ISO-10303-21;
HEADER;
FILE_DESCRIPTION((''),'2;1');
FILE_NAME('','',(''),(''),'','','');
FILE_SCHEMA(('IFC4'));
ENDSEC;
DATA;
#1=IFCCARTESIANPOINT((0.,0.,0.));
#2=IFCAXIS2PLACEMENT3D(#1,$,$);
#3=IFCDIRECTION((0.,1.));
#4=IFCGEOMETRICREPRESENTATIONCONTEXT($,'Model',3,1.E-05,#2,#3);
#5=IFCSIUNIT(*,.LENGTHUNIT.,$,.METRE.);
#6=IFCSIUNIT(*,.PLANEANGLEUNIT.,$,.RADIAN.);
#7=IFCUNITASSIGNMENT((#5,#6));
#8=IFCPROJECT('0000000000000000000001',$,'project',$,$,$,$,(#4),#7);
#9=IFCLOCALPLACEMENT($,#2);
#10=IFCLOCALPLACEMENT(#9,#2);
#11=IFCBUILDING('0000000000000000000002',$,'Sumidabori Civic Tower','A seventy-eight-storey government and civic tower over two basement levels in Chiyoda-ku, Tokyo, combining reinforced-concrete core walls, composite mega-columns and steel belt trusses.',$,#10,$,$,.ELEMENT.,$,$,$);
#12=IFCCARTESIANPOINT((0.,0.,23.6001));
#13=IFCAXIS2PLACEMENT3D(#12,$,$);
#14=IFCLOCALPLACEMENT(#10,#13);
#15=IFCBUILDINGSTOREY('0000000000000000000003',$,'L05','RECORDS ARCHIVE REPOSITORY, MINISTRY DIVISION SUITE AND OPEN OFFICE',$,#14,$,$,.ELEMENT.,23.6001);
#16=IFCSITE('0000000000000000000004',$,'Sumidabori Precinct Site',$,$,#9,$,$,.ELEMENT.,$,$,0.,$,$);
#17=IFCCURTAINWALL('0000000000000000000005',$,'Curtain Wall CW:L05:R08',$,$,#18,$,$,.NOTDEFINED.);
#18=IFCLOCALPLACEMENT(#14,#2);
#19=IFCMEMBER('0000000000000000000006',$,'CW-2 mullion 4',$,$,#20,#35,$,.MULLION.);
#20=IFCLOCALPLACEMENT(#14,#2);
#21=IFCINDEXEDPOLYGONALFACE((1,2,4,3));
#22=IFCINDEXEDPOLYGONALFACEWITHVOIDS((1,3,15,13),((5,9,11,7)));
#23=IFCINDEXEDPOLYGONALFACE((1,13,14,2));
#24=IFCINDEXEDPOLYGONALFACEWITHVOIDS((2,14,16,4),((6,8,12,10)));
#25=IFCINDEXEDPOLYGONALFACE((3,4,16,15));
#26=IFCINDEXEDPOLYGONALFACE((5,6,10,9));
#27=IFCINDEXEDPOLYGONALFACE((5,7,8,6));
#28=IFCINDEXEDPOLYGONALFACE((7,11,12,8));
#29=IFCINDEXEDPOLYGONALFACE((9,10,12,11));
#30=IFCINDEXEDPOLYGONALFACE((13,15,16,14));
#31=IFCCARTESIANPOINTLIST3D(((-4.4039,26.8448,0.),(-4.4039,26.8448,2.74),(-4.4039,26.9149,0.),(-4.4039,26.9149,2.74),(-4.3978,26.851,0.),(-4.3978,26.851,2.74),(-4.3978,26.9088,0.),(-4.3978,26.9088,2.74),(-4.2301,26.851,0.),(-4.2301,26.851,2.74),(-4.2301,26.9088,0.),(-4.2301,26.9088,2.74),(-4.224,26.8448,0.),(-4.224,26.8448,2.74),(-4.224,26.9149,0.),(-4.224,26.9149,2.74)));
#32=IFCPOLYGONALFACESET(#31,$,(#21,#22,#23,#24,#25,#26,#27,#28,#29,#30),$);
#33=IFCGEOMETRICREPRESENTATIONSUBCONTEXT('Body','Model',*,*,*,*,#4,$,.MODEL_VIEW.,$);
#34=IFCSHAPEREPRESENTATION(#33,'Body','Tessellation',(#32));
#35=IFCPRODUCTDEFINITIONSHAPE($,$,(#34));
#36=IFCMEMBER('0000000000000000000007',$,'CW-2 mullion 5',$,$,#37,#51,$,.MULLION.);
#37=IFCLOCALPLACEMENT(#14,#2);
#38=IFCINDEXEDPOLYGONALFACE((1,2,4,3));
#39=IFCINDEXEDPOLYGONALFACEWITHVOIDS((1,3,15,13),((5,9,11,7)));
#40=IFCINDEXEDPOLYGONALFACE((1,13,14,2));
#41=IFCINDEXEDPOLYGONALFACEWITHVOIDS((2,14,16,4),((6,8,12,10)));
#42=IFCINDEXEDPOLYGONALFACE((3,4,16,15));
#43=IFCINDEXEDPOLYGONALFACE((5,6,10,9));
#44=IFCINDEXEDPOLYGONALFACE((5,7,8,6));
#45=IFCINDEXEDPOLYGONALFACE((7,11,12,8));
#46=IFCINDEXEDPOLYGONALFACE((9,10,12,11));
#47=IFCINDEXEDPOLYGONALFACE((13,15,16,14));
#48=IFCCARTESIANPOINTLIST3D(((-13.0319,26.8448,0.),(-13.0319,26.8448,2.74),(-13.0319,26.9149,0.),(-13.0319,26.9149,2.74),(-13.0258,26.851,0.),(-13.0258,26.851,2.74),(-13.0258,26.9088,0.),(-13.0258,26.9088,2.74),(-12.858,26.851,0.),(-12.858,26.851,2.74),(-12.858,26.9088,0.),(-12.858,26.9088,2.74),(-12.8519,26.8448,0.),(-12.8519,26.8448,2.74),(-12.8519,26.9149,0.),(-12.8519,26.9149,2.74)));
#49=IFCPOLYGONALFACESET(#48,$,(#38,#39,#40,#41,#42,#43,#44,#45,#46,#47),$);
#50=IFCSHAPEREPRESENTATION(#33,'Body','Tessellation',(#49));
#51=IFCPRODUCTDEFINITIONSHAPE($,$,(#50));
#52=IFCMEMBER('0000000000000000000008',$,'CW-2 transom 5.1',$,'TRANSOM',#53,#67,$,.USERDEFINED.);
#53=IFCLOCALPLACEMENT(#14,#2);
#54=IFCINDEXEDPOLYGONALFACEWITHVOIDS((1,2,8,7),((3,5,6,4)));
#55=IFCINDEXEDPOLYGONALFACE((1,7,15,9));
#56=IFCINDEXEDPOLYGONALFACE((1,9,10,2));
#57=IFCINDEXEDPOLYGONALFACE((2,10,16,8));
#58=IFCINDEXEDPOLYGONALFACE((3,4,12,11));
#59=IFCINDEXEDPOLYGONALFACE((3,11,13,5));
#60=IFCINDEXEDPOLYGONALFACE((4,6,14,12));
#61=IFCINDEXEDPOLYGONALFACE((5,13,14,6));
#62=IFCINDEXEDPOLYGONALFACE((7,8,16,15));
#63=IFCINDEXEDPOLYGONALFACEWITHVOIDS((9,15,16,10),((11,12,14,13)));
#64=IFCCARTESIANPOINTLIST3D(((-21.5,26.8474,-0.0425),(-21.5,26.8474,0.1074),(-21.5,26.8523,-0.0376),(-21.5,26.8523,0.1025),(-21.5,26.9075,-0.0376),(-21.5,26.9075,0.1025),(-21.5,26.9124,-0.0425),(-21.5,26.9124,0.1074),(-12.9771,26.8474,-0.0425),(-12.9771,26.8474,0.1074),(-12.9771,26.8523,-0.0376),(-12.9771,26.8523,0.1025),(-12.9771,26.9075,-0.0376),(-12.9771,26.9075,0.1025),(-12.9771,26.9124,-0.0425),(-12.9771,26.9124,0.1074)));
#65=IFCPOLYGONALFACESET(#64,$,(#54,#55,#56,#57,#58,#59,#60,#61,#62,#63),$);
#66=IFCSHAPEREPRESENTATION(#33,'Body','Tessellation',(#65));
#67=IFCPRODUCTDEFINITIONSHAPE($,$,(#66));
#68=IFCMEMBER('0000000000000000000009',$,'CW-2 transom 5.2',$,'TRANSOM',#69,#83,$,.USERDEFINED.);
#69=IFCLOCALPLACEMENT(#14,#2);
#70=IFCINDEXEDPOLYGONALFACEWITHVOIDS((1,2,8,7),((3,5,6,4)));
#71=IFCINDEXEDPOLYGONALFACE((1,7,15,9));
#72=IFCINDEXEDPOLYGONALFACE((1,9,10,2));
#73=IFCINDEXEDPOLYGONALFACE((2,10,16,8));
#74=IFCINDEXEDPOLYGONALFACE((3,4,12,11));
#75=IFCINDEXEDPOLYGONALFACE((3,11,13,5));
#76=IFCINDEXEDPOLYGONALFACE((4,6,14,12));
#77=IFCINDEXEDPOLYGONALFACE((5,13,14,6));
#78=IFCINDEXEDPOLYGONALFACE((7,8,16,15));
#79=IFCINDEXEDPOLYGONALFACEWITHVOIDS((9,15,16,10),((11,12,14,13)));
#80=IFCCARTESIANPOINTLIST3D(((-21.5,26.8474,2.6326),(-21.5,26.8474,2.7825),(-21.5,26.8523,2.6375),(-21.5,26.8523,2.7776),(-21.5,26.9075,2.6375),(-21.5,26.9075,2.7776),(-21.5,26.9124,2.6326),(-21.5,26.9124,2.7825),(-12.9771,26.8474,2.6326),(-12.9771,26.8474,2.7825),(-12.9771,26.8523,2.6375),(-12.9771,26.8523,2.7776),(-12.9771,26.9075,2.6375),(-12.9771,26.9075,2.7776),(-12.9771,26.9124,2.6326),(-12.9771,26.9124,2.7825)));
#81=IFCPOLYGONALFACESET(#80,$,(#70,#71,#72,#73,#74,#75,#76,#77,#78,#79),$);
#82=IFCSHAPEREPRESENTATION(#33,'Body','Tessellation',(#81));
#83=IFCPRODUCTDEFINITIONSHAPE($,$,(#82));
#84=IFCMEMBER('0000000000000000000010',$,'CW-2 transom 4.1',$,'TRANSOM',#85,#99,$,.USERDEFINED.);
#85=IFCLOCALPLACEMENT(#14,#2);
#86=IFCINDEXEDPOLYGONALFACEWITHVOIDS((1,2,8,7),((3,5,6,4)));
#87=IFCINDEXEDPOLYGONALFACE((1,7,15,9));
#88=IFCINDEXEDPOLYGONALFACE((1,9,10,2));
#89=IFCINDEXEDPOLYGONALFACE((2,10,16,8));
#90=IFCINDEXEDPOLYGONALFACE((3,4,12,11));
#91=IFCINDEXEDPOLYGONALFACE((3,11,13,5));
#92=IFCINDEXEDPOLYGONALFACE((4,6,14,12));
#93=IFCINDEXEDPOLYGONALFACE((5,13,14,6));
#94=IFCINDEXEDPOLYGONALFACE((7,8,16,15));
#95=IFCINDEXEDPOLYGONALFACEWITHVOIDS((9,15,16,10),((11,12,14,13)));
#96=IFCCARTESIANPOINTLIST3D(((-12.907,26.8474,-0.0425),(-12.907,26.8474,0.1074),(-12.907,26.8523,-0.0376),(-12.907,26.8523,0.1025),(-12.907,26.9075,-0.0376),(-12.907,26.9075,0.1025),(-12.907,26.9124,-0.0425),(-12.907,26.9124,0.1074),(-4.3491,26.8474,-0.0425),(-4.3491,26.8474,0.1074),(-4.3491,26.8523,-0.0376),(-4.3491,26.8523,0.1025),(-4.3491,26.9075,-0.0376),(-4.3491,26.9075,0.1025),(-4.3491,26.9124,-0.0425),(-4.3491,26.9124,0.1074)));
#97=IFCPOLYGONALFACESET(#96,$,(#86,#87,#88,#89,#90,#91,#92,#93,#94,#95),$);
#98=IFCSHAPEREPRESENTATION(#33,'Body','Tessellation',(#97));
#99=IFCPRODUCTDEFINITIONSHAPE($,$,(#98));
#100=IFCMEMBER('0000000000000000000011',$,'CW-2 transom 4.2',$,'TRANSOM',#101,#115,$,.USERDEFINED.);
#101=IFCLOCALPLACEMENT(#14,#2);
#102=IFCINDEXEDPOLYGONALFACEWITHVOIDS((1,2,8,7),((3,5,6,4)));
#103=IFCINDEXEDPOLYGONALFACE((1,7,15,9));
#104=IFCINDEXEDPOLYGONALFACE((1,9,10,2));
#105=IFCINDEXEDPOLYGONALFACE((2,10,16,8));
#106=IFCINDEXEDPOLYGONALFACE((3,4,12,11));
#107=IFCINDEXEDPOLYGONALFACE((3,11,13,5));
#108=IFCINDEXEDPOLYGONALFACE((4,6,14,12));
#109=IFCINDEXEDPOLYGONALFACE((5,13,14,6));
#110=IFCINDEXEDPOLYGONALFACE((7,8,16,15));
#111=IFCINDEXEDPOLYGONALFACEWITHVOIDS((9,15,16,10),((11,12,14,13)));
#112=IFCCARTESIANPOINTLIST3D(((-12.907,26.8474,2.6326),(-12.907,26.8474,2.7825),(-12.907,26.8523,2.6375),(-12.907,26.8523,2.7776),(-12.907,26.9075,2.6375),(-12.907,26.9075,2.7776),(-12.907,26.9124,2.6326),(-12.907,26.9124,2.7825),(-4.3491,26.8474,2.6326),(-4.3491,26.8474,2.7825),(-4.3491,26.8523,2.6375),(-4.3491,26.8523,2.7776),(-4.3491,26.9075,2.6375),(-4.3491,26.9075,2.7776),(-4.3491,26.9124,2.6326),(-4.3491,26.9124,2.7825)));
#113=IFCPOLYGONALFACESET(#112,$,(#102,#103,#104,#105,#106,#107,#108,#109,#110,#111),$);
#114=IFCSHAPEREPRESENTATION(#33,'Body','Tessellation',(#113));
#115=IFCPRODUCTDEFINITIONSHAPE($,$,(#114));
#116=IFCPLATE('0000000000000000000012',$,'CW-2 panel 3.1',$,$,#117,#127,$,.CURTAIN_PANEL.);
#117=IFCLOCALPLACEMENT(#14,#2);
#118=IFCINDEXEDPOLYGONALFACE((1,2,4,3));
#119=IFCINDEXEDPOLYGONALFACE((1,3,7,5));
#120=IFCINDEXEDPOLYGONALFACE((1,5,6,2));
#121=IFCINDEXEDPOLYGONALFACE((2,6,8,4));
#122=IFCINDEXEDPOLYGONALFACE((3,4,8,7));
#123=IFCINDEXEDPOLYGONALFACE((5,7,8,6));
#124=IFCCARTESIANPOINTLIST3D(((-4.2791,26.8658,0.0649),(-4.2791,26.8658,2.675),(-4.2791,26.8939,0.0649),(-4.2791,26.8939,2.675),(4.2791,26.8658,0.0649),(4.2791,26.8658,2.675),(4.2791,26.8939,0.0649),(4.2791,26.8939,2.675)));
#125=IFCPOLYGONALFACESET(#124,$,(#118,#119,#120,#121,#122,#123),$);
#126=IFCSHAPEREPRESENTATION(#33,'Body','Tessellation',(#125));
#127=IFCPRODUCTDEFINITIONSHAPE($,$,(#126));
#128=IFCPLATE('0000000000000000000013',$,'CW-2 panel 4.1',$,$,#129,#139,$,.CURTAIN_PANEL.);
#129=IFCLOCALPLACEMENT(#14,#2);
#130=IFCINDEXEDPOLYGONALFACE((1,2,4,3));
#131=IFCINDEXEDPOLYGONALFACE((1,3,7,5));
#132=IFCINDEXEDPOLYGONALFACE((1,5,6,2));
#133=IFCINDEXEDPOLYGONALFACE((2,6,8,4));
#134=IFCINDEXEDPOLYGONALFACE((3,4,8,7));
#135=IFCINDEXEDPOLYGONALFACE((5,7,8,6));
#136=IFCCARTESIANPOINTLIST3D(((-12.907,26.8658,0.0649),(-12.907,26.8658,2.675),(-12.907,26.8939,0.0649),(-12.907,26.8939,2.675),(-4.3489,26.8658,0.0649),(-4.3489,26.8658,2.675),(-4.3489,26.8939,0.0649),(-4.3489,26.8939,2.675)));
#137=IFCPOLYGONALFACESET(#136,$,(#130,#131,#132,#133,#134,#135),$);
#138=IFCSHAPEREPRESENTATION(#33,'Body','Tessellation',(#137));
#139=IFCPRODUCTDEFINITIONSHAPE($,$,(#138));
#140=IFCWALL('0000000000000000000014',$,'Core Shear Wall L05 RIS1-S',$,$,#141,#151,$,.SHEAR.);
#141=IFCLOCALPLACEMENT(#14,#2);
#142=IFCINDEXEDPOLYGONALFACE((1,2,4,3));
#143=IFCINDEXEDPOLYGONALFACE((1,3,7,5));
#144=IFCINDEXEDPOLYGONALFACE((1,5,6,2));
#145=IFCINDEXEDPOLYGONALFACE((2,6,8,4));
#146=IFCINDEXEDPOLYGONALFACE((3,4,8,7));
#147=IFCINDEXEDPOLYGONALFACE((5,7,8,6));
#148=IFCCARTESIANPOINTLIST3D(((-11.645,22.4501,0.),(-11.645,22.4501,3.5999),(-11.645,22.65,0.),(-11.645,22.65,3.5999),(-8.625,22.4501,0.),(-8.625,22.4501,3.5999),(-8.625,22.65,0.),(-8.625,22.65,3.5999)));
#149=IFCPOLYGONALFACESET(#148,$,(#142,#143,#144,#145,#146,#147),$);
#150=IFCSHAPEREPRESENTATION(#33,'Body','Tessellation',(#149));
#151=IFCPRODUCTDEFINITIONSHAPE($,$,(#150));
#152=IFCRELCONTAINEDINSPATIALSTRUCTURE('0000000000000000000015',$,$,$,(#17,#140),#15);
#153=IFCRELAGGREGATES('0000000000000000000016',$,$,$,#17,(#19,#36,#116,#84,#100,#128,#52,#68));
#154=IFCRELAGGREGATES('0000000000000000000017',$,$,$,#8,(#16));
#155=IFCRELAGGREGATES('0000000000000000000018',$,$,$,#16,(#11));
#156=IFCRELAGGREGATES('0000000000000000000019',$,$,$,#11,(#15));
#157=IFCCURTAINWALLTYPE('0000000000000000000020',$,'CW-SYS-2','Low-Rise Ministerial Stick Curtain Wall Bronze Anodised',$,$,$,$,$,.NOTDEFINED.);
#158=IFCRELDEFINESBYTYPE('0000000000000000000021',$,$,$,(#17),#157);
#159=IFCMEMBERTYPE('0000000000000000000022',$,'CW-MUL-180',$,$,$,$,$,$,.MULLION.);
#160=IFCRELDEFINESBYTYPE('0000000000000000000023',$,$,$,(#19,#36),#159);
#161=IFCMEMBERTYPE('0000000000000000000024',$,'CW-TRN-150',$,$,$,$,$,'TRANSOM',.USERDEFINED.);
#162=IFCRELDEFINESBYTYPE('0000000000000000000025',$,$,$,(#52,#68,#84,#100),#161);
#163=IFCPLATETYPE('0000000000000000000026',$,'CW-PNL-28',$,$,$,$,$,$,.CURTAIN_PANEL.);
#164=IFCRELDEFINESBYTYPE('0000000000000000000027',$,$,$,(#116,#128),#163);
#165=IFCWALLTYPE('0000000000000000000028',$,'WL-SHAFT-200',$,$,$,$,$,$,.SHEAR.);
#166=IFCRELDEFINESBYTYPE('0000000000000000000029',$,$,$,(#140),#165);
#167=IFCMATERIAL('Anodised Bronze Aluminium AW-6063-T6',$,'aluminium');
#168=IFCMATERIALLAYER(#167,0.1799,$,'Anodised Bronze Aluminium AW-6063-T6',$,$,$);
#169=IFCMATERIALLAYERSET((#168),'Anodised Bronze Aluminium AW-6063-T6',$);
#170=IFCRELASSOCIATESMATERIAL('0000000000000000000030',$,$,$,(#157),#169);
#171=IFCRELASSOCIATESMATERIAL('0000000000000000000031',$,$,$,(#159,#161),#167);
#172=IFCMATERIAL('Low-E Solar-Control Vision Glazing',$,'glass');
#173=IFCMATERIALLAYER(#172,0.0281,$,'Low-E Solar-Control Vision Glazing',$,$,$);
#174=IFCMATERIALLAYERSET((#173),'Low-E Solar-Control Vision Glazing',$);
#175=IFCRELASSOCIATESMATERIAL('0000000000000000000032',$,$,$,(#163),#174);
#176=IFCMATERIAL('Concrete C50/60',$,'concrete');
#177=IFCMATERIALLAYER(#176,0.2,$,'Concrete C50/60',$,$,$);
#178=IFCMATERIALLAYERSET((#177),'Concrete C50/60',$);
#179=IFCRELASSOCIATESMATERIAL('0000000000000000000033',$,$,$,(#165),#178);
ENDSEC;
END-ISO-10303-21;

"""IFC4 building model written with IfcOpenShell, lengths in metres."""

from ifc_helpers import new_model, si_unit, direction, frame, frame_2d, origin, origin_2d, place, context, subcontext, project, spatial, rectangle, hollow_rectangle, extrude, source, transform, mapped, material, layer, layer_set, material_profile, profile_set, type_object, element, aggregate, save


model = new_model("IFC4")

# Units and contexts
model_context = context("Model", 3, precision=1e-05, world=origin(), true_north=direction((0.0, 1.0)))
body_context = subcontext(model_context, "Body", "Model", "MODEL_VIEW")
ifc_project = project(units=[si_unit("LENGTHUNIT", "METRE"), si_unit("PLANEANGLEUNIT", "RADIAN")], contexts=[model_context])

# Site, building, storey
site_placement = place(None, origin())
site = spatial("IfcSite", under=ifc_project, at=site_placement, Name="Sumidabori Precinct Site", CompositionType="ELEMENT", RefElevation=0.0)
building_placement = place(site_placement, origin())
building = spatial("IfcBuilding", under=site, at=building_placement, Name="Sumidabori Civic Tower", Description="A seventy-eight-storey government and civic tower over two basement levels in Chiyoda-ku, Tokyo, combining reinforced-concrete core walls, composite mega-columns and steel belt trusses.", CompositionType="ELEMENT")
storey_placement = place(building_placement, frame((0.0, 0.0, 23.6001)))
storey = spatial("IfcBuildingStorey", under=building, at=storey_placement, Name="L05", Description="RECORDS ARCHIVE REPOSITORY, MINISTRY DIVISION SUITE AND OPEN OFFICE", CompositionType="ELEMENT", Elevation=23.6001)

# Curtain wall, members, plates
ifc_material_1 = material(Name="Anodised Bronze Aluminium AW-6063-T6", Category="aluminium")
ifc_layer_1 = layer(ifc_material_1, 0.1799, Name="Anodised Bronze Aluminium AW-6063-T6")
ifc_layer_set_1 = layer_set([ifc_layer_1], Name="Anodised Bronze Aluminium AW-6063-T6")
curtain_wall_type = type_object("IfcCurtainWallType", Name="CW-SYS-2", Description="Low-Rise Ministerial Stick Curtain Wall Bronze Anodised", PredefinedType="NOTDEFINED", material=ifc_layer_set_1)
curtain_wall_placement = place(storey_placement, origin())
curtain_wall = element("IfcCurtainWall", 1, at=curtain_wall_placement, inside=storey, type_object=curtain_wall_type, Name="Curtain Wall CW:L05:R08", PredefinedType="NOTDEFINED")
ifc_material_profile_1 = material_profile(ifc_material_1, hollow_rectangle(XDim=0.0701, YDim=0.1799, WallThickness=0.0061, at=origin_2d()), Name="ALU MULLION 180x70")
ifc_profile_set_1 = profile_set([ifc_material_profile_1], Name="Anodised Bronze Aluminium AW-6063-T6")
member_type_1 = type_object("IfcMemberType", Name="CW-MUL-180", PredefinedType="MULLION", material=ifc_profile_set_1)
shared_shape_1 = source(origin(), body_context, "Body", "SweptSolid", [
    extrude(hollow_rectangle(XDim=0.0701, YDim=0.1799, WallThickness=0.0061, at=origin_2d()), origin(), (0.0, 0.0, 1.0), 2.74),
])
member_1_placement = place(storey_placement, frame((-4.314, 26.8799, 0.0), z_axis=(0.0, 0.0, 1.0), x_axis=(0.0, -1.0, 0.0)))
member_1 = element("IfcMember", 2, at=member_1_placement, type_object=member_type_1, Name="CW-2 mullion 4", PredefinedType="MULLION", context=body_context, shape_type="MappedRepresentation", body=[
    mapped(shared_shape_1, transform((0.0, 0.0, 0.0), x_axis=(1.0, 0.0, 0.0), y_axis=(0.0, 1.0, 0.0), z_axis=(0.0, 0.0, 1.0), scale=1.0)),
])
member_2_placement = place(storey_placement, frame((-12.9419, 26.8799, 0.0), z_axis=(0.0, 0.0, 1.0), x_axis=(0.0, -1.0, 0.0)))
member_2 = element("IfcMember", 3, at=member_2_placement, type_object=member_type_1, Name="CW-2 mullion 5", PredefinedType="MULLION", context=body_context, shape_type="MappedRepresentation", body=[
    mapped(shared_shape_1, transform((0.0, 0.0, 0.0), x_axis=(1.0, 0.0, 0.0), y_axis=(0.0, 1.0, 0.0), z_axis=(0.0, 0.0, 1.0), scale=1.0)),
])
ifc_material_profile_2 = material_profile(ifc_material_1, hollow_rectangle(XDim=0.0649, YDim=0.1499, WallThickness=0.0049, at=origin_2d()), Name="ALU TRANSOM 150x65")
ifc_profile_set_2 = profile_set([ifc_material_profile_2], Name="Anodised Bronze Aluminium AW-6063-T6")
member_type_2 = type_object("IfcMemberType", Name="CW-TRN-150", ElementType="TRANSOM", PredefinedType="USERDEFINED", material=ifc_profile_set_2)
shared_shape_2 = source(origin(), body_context, "Body", "SweptSolid", [
    extrude(hollow_rectangle(XDim=0.0649, YDim=0.1499, WallThickness=0.0049, at=origin_2d()), origin(), (0.0, 0.0, 1.0), 8.5229),
])
member_3_placement = place(storey_placement, frame((-12.9771, 26.8799, 0.0325), z_axis=(-1.0, 0.0, 0.0), x_axis=(0.0, -1.0, 0.0)))
member_3 = element("IfcMember", 4, at=member_3_placement, type_object=member_type_2, Name="CW-2 transom 5.1", ObjectType="TRANSOM", PredefinedType="USERDEFINED", context=body_context, shape_type="MappedRepresentation", body=[
    mapped(shared_shape_2, transform((0.0, 0.0, 0.0), x_axis=(1.0, 0.0, 0.0), y_axis=(0.0, 1.0, 0.0), z_axis=(0.0, 0.0, 1.0), scale=1.0)),
])
member_4_placement = place(storey_placement, frame((-12.9771, 26.8799, 2.7075), z_axis=(-1.0, 0.0, 0.0), x_axis=(0.0, -1.0, 0.0)))
member_4 = element("IfcMember", 5, at=member_4_placement, type_object=member_type_2, Name="CW-2 transom 5.2", ObjectType="TRANSOM", PredefinedType="USERDEFINED", context=body_context, shape_type="MappedRepresentation", body=[
    mapped(shared_shape_2, transform((0.0, 0.0, 0.0), x_axis=(1.0, 0.0, 0.0), y_axis=(0.0, 1.0, 0.0), z_axis=(0.0, 0.0, 1.0), scale=1.0)),
])
shared_shape_3 = source(origin(), body_context, "Body", "SweptSolid", [
    extrude(hollow_rectangle(XDim=0.0649, YDim=0.1499, WallThickness=0.0049, at=origin_2d()), origin(), (0.0, 0.0, 1.0), 8.5579),
])
member_5_placement = place(storey_placement, frame((-4.3491, 26.8799, 0.0325), z_axis=(-1.0, 0.0, 0.0), x_axis=(0.0, -1.0, 0.0)))
member_5 = element("IfcMember", 6, at=member_5_placement, type_object=member_type_2, Name="CW-2 transom 4.1", ObjectType="TRANSOM", PredefinedType="USERDEFINED", context=body_context, shape_type="MappedRepresentation", body=[
    mapped(shared_shape_3, transform((0.0, 0.0, 0.0), x_axis=(1.0, 0.0, 0.0), y_axis=(0.0, 1.0, 0.0), z_axis=(0.0, 0.0, 1.0), scale=1.0)),
])
member_6_placement = place(storey_placement, frame((-4.3491, 26.8799, 2.7075), z_axis=(-1.0, 0.0, 0.0), x_axis=(0.0, -1.0, 0.0)))
member_6 = element("IfcMember", 7, at=member_6_placement, type_object=member_type_2, Name="CW-2 transom 4.2", ObjectType="TRANSOM", PredefinedType="USERDEFINED", context=body_context, shape_type="MappedRepresentation", body=[
    mapped(shared_shape_3, transform((0.0, 0.0, 0.0), x_axis=(1.0, 0.0, 0.0), y_axis=(0.0, 1.0, 0.0), z_axis=(0.0, 0.0, 1.0), scale=1.0)),
])
ifc_material_2 = material(Name="Low-E Solar-Control Vision Glazing", Category="glass")
ifc_layer_2 = layer(ifc_material_2, 0.0281, Name="Low-E Solar-Control Vision Glazing")
ifc_layer_set_2 = layer_set([ifc_layer_2], Name="Low-E Solar-Control Vision Glazing")
plate_type = type_object("IfcPlateType", Name="CW-PNL-28", PredefinedType="CURTAIN_PANEL", material=ifc_layer_set_2)
shared_shape_4 = source(origin(), body_context, "Body", "SweptSolid", [
    extrude(rectangle(XDim=8.5581, YDim=0.0281, at=origin_2d()), origin(), (0.0, 0.0, 1.0), 2.6101),
])
plate_1_placement = place(storey_placement, frame((0.0, 26.8799, 0.0649), z_axis=(0.0, 0.0, 1.0), x_axis=(-1.0, 0.0, 0.0)))
plate_1 = element("IfcPlate", 8, at=plate_1_placement, type_object=plate_type, Name="CW-2 panel 3.1", PredefinedType="CURTAIN_PANEL", context=body_context, shape_type="MappedRepresentation", body=[
    mapped(shared_shape_4, transform((0.0, 0.0, 0.0), x_axis=(1.0, 0.0, 0.0), y_axis=(0.0, 1.0, 0.0), z_axis=(0.0, 0.0, 1.0), scale=1.0)),
])
plate_2_placement = place(storey_placement, frame((-8.6279, 26.8799, 0.0649), z_axis=(0.0, 0.0, 1.0), x_axis=(-1.0, 0.0, 0.0)))
plate_2 = element("IfcPlate", 9, at=plate_2_placement, type_object=plate_type, Name="CW-2 panel 4.1", PredefinedType="CURTAIN_PANEL", context=body_context, shape_type="MappedRepresentation", body=[
    mapped(shared_shape_4, transform((0.0, 0.0, 0.0), x_axis=(1.0, 0.0, 0.0), y_axis=(0.0, 1.0, 0.0), z_axis=(0.0, 0.0, 1.0), scale=1.0)),
])
aggregate(curtain_wall, [member_1, member_2, plate_1, member_5, member_6, plate_2, member_3, member_4])

# Wall
ifc_material_3 = material(Name="Concrete C50/60", Category="concrete")
ifc_layer_3 = layer(ifc_material_3, 0.2, Name="Concrete C50/60")
ifc_layer_set_3 = layer_set([ifc_layer_3], Name="Concrete C50/60")
wall_type_1 = type_object("IfcWallType", Name="WL-SHAFT-200", PredefinedType="SHEAR", material=ifc_layer_set_3)
shared_shape_5 = source(origin(), body_context, "Body", "SweptSolid", [
    extrude(rectangle(XDim=3.02, YDim=0.2, at=frame_2d((1.51, 0.0))), origin(), (0.0, 0.0, 1.0), 3.5999),
])
wall_1_placement = place(storey_placement, frame((-11.645, 22.55, 0.0), z_axis=(0.0, 0.0, 1.0), x_axis=(1.0, 0.0, 0.0)))
element("IfcWall", 10, at=wall_1_placement, inside=storey, type_object=wall_type_1, Name="Core Shear Wall L05 RIS1-S", PredefinedType="SHEAR", context=body_context, shape_type="MappedRepresentation", body=[
    mapped(shared_shape_5, transform((0.0, 0.0, 0.0), x_axis=(1.0, 0.0, 0.0), y_axis=(0.0, 1.0, 0.0), z_axis=(0.0, 0.0, 1.0), scale=1.0)),
])

save(model, "model.ifc")
